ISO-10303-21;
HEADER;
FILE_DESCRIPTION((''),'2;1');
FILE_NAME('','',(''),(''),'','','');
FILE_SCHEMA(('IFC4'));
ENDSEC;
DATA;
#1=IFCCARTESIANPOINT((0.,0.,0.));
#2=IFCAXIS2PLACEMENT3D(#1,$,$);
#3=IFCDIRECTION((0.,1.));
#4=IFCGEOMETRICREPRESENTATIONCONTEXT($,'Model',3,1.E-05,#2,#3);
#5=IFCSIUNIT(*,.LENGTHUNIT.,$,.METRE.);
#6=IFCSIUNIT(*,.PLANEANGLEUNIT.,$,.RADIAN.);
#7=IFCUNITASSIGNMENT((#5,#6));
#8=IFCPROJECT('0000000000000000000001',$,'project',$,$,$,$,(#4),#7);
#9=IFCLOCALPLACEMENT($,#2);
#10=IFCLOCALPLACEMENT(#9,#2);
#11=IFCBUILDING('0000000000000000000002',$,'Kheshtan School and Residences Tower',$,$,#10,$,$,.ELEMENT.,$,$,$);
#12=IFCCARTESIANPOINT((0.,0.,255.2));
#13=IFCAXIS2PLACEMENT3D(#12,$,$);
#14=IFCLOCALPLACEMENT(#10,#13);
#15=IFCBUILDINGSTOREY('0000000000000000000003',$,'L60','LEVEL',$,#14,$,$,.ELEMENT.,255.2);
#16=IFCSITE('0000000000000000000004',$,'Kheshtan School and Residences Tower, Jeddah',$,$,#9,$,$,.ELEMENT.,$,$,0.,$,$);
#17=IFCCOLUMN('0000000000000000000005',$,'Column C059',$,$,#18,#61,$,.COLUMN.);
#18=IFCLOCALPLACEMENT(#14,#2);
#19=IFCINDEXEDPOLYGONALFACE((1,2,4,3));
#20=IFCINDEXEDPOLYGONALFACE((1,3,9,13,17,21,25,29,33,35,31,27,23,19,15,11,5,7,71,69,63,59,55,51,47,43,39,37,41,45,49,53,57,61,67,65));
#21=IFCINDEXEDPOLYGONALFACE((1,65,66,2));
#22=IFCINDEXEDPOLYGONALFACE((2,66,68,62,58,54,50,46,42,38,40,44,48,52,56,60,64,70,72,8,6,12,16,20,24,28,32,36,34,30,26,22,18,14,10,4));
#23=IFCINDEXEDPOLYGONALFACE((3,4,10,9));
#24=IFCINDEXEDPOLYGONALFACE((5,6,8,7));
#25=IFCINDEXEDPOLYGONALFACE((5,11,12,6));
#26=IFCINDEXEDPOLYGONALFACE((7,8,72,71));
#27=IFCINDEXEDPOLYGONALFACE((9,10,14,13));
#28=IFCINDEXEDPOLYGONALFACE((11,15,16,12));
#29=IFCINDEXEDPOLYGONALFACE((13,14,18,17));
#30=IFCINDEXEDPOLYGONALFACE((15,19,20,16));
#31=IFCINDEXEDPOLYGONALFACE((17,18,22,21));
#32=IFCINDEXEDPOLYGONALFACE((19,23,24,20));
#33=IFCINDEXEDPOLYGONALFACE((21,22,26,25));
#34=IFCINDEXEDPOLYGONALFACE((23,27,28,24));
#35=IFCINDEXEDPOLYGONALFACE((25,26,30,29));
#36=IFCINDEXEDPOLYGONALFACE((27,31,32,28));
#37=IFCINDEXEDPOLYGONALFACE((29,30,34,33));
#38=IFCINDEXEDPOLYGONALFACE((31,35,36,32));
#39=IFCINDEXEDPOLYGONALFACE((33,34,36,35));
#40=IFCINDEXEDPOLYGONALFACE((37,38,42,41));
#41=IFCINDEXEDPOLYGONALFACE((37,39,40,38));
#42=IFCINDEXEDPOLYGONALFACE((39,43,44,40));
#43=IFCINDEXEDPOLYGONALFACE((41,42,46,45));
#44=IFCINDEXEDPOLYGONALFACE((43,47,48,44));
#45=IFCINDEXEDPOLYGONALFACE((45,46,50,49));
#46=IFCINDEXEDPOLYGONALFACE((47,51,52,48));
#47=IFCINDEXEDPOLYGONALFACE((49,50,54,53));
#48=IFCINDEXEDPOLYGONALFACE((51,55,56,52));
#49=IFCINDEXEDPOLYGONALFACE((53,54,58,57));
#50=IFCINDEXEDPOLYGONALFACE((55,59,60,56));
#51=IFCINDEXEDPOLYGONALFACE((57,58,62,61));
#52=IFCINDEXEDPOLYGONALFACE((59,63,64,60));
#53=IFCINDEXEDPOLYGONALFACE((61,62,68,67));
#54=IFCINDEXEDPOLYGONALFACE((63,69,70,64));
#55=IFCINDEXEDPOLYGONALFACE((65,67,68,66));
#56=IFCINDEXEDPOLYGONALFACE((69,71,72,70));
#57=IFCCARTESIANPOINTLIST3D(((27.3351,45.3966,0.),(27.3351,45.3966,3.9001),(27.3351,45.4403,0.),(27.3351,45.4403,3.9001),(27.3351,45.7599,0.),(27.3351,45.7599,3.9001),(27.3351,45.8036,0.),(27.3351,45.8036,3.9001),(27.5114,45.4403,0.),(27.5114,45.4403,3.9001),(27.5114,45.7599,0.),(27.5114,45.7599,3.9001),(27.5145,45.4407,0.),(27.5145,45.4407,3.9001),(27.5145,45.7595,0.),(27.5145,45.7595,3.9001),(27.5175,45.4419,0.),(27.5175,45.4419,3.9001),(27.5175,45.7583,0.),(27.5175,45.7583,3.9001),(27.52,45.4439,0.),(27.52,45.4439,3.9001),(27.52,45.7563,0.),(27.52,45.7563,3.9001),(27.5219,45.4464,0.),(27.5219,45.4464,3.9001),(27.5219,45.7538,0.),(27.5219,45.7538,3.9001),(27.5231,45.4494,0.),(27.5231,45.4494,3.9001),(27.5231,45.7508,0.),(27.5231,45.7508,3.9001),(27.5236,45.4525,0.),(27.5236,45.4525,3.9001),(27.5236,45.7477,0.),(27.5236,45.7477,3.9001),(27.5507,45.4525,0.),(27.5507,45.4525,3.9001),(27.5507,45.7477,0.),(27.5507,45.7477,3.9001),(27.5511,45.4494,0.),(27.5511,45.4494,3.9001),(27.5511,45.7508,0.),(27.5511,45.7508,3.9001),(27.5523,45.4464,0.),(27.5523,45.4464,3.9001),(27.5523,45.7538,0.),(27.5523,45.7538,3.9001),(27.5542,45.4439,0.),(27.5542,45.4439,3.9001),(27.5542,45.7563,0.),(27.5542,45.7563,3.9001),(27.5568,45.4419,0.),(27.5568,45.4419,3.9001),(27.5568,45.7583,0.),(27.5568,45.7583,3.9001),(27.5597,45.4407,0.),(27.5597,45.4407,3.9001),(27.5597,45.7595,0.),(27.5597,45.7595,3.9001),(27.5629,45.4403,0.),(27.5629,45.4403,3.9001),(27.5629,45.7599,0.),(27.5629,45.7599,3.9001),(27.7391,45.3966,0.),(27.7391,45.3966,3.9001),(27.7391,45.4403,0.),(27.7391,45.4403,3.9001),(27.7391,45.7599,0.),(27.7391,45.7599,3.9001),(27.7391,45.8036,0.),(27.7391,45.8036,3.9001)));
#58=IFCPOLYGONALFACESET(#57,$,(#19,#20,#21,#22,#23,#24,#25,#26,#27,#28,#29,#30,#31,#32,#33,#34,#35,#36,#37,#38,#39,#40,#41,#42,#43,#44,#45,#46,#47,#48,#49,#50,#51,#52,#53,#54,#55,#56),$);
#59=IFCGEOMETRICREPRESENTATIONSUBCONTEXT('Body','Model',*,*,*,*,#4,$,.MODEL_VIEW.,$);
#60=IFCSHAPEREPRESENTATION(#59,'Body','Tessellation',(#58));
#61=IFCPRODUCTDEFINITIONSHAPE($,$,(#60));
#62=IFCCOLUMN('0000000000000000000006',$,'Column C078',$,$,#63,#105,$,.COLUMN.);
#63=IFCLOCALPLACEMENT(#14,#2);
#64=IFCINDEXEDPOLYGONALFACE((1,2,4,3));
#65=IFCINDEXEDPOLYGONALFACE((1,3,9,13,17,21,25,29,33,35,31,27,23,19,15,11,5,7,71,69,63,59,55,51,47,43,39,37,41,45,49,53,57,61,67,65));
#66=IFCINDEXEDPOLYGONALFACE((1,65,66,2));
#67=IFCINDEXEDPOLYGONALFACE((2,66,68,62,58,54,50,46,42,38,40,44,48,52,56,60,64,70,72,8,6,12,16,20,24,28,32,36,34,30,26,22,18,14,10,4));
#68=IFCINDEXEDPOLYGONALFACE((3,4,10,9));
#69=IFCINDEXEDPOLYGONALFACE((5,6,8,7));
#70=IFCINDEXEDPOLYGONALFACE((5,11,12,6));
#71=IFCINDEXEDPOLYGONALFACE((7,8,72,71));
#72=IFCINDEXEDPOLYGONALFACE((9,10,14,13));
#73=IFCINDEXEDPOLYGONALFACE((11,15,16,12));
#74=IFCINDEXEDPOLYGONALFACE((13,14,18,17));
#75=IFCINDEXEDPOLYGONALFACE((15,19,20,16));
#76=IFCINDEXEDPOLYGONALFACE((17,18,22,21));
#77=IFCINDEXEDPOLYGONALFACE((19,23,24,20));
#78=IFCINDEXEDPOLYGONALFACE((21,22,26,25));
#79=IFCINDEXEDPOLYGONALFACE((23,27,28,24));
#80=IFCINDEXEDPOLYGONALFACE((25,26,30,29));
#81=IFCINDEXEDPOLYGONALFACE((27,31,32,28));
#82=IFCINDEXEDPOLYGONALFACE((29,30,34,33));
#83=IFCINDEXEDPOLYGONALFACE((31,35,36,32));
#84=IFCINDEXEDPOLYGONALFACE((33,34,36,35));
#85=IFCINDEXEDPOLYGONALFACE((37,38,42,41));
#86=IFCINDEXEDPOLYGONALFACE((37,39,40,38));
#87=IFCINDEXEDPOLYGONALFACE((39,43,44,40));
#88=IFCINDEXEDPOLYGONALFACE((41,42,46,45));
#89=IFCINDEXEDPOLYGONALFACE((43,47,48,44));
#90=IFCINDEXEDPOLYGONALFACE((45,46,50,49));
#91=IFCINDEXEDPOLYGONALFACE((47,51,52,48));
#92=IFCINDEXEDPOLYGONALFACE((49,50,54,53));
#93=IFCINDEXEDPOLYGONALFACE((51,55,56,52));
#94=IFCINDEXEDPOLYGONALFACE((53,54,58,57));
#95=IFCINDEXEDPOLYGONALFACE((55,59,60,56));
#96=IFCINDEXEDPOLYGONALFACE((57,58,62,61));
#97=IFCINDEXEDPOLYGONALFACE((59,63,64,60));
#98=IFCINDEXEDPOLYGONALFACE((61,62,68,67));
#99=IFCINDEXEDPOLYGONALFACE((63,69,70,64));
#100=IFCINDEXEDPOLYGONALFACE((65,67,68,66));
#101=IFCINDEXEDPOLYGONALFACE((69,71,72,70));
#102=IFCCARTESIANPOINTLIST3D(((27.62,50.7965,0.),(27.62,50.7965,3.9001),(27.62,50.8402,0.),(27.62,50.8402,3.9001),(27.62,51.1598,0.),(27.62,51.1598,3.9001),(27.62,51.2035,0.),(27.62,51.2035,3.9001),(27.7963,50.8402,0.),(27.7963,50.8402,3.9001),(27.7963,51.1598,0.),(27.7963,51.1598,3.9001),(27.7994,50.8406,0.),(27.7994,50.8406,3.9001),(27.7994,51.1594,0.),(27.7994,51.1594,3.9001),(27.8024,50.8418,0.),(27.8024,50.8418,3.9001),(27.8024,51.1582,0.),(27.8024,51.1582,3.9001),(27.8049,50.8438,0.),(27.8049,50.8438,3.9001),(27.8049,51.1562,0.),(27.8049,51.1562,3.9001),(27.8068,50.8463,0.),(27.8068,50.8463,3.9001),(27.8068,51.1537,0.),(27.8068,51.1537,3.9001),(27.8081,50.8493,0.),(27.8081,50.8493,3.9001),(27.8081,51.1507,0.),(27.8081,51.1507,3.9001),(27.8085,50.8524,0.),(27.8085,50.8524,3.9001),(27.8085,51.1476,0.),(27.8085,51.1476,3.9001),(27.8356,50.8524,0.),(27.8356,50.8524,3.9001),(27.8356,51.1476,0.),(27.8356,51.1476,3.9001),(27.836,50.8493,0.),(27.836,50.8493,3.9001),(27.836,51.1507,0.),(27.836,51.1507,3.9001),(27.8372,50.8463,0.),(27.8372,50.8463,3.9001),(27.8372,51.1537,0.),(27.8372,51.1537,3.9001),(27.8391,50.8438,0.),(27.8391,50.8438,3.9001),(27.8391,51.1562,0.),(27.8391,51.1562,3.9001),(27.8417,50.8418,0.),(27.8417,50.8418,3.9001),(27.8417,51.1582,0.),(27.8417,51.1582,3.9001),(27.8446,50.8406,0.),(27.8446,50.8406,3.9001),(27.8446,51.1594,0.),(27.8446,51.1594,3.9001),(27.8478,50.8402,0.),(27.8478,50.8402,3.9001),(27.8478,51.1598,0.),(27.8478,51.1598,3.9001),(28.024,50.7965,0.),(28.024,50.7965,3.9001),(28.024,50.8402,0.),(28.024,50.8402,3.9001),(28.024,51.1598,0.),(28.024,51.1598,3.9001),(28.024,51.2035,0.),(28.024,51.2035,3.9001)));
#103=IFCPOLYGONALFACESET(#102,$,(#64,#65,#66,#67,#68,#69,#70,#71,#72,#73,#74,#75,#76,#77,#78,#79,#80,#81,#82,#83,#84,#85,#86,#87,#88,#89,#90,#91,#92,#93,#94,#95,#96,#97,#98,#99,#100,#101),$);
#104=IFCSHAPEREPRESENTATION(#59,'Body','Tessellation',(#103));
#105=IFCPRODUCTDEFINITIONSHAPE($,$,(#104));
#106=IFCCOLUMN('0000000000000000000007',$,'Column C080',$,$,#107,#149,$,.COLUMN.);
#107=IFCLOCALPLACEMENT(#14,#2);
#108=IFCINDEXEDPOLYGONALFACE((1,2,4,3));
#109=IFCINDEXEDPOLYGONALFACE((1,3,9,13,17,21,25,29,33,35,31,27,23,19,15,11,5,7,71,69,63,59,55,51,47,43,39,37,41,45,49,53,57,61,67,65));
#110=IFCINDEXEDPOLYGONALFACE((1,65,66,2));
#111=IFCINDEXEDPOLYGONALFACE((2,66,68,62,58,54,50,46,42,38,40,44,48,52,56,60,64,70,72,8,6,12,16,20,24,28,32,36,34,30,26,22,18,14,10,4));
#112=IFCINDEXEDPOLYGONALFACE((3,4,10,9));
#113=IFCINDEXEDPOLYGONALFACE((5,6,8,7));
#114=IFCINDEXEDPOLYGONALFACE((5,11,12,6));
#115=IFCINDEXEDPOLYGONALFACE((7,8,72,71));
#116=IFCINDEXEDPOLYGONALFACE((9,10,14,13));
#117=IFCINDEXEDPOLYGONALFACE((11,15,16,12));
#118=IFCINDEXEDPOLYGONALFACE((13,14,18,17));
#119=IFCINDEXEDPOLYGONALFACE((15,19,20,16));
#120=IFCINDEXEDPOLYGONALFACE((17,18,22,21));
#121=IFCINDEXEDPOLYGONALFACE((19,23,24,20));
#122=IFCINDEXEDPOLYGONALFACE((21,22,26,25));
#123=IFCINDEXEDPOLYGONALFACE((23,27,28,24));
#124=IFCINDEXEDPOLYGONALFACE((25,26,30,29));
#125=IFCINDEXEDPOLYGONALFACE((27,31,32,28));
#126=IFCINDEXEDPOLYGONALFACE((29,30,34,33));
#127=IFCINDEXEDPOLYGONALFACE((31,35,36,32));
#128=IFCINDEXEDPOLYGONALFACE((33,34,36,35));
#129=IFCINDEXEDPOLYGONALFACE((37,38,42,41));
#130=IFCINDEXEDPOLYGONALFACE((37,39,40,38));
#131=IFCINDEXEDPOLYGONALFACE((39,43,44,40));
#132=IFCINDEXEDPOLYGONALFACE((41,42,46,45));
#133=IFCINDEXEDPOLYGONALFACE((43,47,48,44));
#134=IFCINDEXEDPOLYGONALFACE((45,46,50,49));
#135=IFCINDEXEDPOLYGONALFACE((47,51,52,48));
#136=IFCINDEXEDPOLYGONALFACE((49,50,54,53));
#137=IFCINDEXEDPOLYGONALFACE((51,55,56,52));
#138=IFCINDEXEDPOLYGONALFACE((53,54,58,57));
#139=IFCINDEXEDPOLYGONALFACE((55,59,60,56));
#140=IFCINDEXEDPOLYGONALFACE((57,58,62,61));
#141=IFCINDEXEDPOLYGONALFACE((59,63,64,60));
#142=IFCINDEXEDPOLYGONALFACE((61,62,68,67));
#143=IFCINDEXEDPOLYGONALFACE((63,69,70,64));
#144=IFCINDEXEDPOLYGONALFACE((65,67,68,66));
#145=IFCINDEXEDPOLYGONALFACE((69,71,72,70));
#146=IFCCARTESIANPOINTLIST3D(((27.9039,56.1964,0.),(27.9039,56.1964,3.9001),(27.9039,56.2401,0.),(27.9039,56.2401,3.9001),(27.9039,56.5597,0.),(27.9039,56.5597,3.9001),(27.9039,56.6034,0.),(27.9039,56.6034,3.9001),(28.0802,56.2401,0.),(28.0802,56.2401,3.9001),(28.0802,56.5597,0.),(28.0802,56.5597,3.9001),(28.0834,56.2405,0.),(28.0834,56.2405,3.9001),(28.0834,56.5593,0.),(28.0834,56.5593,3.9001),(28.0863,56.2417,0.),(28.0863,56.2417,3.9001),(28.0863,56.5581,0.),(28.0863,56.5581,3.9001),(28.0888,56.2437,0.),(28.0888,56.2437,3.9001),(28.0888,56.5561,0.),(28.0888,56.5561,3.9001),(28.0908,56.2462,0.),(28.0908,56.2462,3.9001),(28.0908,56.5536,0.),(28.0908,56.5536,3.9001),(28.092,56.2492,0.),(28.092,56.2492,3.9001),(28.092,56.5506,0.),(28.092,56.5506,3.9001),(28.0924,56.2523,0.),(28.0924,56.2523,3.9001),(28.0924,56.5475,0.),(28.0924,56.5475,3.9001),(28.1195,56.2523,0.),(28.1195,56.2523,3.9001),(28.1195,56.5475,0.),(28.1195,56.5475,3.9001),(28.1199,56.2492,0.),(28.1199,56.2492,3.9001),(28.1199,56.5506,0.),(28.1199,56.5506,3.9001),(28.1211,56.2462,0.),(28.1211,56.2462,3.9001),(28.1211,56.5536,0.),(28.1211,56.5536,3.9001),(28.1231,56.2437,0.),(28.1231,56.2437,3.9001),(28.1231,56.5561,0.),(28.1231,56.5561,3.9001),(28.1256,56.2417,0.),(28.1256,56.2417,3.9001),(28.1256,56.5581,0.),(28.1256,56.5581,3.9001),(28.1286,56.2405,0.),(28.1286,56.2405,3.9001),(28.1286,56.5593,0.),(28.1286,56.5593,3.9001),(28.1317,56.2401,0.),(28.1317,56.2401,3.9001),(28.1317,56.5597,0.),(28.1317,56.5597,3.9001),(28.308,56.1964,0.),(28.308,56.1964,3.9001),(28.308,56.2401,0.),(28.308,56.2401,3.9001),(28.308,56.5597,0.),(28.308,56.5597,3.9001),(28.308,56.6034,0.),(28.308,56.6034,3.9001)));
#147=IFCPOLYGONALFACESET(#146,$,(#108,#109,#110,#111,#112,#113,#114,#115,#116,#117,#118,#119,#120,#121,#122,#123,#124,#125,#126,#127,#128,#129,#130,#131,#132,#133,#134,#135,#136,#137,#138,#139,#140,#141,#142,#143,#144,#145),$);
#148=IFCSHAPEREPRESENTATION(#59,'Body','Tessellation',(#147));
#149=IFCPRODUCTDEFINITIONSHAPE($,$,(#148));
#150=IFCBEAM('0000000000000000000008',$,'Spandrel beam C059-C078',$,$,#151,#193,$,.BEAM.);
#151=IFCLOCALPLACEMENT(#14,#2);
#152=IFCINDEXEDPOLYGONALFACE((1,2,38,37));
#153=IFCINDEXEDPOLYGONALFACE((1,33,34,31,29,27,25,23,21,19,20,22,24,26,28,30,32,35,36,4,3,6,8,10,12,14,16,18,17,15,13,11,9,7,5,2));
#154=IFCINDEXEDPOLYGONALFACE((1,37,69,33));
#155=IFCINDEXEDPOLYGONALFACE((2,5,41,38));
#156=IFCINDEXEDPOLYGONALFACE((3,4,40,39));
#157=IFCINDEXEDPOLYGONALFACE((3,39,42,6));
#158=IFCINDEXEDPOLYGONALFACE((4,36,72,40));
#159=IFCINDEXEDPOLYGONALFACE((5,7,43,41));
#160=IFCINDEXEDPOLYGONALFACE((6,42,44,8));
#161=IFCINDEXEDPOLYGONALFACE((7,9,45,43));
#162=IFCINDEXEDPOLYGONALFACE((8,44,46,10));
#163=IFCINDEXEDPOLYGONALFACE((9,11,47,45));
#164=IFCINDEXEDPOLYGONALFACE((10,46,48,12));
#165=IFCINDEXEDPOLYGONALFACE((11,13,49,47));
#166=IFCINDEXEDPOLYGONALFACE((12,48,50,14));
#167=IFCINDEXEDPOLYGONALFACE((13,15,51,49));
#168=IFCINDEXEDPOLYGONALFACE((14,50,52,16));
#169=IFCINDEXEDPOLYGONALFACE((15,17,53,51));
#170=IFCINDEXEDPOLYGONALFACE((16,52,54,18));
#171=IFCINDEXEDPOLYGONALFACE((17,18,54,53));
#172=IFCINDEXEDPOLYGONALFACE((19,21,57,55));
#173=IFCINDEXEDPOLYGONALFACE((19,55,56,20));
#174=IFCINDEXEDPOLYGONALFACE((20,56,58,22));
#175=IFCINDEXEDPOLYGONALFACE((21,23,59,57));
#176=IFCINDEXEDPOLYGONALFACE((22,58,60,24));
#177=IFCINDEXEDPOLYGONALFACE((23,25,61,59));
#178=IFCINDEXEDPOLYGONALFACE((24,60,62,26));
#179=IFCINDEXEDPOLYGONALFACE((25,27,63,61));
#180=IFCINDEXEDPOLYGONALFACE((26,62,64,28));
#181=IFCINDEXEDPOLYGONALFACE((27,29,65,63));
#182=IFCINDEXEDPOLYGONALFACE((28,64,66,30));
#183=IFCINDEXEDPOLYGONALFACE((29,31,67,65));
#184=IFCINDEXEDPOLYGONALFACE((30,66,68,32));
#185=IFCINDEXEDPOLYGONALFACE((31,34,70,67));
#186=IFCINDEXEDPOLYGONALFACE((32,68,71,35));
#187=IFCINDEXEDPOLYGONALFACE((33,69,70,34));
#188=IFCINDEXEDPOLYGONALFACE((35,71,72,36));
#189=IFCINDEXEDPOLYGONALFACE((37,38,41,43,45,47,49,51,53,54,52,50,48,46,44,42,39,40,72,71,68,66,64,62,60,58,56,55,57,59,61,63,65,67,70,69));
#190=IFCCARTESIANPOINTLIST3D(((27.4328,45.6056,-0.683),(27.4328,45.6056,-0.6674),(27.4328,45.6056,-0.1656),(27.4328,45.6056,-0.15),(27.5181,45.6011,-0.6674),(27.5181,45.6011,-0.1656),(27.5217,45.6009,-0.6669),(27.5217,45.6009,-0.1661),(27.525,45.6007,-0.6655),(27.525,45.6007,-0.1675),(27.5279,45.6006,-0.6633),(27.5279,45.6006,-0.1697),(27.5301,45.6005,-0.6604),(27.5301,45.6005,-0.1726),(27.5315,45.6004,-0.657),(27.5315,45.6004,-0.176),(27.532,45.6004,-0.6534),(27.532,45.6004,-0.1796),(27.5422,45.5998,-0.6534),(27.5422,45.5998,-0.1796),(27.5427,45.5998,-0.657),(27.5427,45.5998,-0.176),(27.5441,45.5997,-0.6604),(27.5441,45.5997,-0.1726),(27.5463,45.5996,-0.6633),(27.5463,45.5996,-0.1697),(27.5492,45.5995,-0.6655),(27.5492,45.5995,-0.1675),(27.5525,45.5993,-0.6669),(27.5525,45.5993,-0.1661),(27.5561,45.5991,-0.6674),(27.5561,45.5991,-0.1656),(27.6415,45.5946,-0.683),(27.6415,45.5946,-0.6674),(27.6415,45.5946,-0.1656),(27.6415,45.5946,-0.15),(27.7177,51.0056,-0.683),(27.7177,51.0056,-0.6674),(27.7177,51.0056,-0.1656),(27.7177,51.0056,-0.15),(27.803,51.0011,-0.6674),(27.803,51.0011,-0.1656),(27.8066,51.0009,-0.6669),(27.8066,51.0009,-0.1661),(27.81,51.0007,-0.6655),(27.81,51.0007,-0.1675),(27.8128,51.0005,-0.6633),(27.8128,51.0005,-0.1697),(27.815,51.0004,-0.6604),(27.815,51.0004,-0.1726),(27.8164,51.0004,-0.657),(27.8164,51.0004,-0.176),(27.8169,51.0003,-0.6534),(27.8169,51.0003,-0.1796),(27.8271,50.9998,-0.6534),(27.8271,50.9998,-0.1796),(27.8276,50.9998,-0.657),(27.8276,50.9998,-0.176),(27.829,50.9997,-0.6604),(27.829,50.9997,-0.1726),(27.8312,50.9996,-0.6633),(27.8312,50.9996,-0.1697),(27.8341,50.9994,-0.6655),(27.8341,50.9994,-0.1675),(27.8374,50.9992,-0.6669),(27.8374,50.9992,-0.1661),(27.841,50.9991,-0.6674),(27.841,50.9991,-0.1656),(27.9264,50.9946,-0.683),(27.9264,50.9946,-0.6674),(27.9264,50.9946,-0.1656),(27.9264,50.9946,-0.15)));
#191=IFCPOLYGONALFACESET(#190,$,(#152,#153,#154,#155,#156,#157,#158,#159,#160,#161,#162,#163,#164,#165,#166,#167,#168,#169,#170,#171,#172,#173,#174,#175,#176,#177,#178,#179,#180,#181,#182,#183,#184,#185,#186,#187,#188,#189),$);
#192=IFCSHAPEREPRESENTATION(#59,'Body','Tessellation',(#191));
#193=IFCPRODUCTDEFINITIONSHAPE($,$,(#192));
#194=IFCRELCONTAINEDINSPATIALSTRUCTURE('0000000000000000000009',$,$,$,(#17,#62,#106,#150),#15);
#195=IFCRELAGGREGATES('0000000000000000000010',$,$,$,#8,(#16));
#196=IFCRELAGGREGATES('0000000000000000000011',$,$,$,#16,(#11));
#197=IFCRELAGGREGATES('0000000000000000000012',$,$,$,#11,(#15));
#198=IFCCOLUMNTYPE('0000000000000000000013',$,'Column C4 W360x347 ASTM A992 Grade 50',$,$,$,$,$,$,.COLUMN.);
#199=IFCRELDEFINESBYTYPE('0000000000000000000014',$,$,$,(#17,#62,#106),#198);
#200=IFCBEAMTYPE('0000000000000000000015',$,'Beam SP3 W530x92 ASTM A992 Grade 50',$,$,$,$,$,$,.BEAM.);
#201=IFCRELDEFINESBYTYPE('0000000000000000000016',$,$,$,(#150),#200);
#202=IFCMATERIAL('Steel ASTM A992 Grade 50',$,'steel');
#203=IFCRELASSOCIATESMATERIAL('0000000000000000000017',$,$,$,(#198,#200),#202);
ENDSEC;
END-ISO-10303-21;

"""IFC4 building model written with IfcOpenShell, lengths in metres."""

from ifc_helpers import new_model, si_unit, direction, frame, origin, origin_2d, place, context, subcontext, project, spatial, i_section, extrude, material, material_profile, profile_set, type_object, element, save


model = new_model("IFC4")

# Units and contexts
model_context = context("Model", 3, precision=1e-05, world=origin(), true_north=direction((0.0, 1.0)))
body_context = subcontext(model_context, "Body", "Model", "MODEL_VIEW")
ifc_project = project(units=[si_unit("LENGTHUNIT", "METRE"), si_unit("PLANEANGLEUNIT", "RADIAN")], contexts=[model_context])

# Site, building, storey
site_placement = place(None, origin())
site = spatial("IfcSite", under=ifc_project, at=site_placement, Name="Kheshtan School and Residences Tower, Jeddah", CompositionType="ELEMENT", RefElevation=0.0)
building_placement = place(site_placement, origin())
building = spatial("IfcBuilding", under=site, at=building_placement, Name="Kheshtan School and Residences Tower", CompositionType="ELEMENT")
storey_placement = place(building_placement, frame((0.0, 0.0, 255.2)))
storey = spatial("IfcBuildingStorey", under=building, at=storey_placement, Name="L60", Description="LEVEL", CompositionType="ELEMENT", Elevation=255.2)

# Columns
ifc_material_1 = material(Name="Steel ASTM A992 Grade 50", Category="steel")
ifc_material_profile_1 = material_profile(ifc_material_1, i_section(OverallWidth=0.4041, OverallDepth=0.407, WebThickness=0.0271, FlangeThickness=0.0437, FilletRadius=0.0122, at=origin_2d()), Name="W360x347")
ifc_profile_set_1 = profile_set([ifc_material_profile_1], Name="Steel ASTM A992 Grade 50")
column_type = type_object("IfcColumnType", Name="Column C4 W360x347 ASTM A992 Grade 50", PredefinedType="COLUMN", material=ifc_profile_set_1)
for number, where, z_axis, x_axis, name in (
    (1, (27.5371, 45.6001, 0.0), (0.0, 0.0, 1.0), (1.0, 0.0, 0.0), "Column C059"),
    (2, (27.822, 51.0, 0.0), (0.0, 0.0, 1.0), (1.0, 0.0, 0.0), "Column C078"),
    (3, (28.106, 56.3999, 0.0), (0.0, 0.0, 1.0), (1.0, 0.0, 0.0), "Column C080"),
):
    element("IfcColumn", number, at=place(storey_placement, frame(where, z_axis=z_axis, x_axis=x_axis)), inside=storey, type_object=column_type, Name=name, PredefinedType="COLUMN", context=body_context, shape_type="SweptSolid", body=[
        extrude(i_section(OverallWidth=0.4041, OverallDepth=0.407, WebThickness=0.0271, FlangeThickness=0.0437, FilletRadius=0.0122, at=origin_2d()), origin(), (0.0, 0.0, 1.0), 3.9001),
    ])

# Beam
ifc_material_profile_2 = material_profile(ifc_material_1, i_section(OverallWidth=0.209, OverallDepth=0.533, WebThickness=0.0103, FlangeThickness=0.0156, FilletRadius=0.0139, at=origin_2d()), Name="W530x92")
ifc_profile_set_2 = profile_set([ifc_material_profile_2], Name="Steel ASTM A992 Grade 50")
beam_type = type_object("IfcBeamType", Name="Beam SP3 W530x92 ASTM A992 Grade 50", PredefinedType="BEAM", material=ifc_profile_set_2)
for number, where, z_axis, x_axis, name in (
    (4, (27.5371, 45.6001, -0.4165), (0.052689, 0.998611, 0.0), (-0.998611, 0.052689, 0.0), "Spandrel beam C059-C078"),
):
    element("IfcBeam", number, at=place(storey_placement, frame(where, z_axis=z_axis, x_axis=x_axis)), inside=storey, type_object=beam_type, Name=name, PredefinedType="BEAM", context=body_context, shape_type="SweptSolid", body=[
        extrude(i_section(OverallWidth=0.209, OverallDepth=0.533, WebThickness=0.0103, FlangeThickness=0.0156, FilletRadius=0.0139, at=origin_2d()), origin(), (0.0, 0.0, 1.0), 5.4075),
    ])

save(model, "model.ifc")
